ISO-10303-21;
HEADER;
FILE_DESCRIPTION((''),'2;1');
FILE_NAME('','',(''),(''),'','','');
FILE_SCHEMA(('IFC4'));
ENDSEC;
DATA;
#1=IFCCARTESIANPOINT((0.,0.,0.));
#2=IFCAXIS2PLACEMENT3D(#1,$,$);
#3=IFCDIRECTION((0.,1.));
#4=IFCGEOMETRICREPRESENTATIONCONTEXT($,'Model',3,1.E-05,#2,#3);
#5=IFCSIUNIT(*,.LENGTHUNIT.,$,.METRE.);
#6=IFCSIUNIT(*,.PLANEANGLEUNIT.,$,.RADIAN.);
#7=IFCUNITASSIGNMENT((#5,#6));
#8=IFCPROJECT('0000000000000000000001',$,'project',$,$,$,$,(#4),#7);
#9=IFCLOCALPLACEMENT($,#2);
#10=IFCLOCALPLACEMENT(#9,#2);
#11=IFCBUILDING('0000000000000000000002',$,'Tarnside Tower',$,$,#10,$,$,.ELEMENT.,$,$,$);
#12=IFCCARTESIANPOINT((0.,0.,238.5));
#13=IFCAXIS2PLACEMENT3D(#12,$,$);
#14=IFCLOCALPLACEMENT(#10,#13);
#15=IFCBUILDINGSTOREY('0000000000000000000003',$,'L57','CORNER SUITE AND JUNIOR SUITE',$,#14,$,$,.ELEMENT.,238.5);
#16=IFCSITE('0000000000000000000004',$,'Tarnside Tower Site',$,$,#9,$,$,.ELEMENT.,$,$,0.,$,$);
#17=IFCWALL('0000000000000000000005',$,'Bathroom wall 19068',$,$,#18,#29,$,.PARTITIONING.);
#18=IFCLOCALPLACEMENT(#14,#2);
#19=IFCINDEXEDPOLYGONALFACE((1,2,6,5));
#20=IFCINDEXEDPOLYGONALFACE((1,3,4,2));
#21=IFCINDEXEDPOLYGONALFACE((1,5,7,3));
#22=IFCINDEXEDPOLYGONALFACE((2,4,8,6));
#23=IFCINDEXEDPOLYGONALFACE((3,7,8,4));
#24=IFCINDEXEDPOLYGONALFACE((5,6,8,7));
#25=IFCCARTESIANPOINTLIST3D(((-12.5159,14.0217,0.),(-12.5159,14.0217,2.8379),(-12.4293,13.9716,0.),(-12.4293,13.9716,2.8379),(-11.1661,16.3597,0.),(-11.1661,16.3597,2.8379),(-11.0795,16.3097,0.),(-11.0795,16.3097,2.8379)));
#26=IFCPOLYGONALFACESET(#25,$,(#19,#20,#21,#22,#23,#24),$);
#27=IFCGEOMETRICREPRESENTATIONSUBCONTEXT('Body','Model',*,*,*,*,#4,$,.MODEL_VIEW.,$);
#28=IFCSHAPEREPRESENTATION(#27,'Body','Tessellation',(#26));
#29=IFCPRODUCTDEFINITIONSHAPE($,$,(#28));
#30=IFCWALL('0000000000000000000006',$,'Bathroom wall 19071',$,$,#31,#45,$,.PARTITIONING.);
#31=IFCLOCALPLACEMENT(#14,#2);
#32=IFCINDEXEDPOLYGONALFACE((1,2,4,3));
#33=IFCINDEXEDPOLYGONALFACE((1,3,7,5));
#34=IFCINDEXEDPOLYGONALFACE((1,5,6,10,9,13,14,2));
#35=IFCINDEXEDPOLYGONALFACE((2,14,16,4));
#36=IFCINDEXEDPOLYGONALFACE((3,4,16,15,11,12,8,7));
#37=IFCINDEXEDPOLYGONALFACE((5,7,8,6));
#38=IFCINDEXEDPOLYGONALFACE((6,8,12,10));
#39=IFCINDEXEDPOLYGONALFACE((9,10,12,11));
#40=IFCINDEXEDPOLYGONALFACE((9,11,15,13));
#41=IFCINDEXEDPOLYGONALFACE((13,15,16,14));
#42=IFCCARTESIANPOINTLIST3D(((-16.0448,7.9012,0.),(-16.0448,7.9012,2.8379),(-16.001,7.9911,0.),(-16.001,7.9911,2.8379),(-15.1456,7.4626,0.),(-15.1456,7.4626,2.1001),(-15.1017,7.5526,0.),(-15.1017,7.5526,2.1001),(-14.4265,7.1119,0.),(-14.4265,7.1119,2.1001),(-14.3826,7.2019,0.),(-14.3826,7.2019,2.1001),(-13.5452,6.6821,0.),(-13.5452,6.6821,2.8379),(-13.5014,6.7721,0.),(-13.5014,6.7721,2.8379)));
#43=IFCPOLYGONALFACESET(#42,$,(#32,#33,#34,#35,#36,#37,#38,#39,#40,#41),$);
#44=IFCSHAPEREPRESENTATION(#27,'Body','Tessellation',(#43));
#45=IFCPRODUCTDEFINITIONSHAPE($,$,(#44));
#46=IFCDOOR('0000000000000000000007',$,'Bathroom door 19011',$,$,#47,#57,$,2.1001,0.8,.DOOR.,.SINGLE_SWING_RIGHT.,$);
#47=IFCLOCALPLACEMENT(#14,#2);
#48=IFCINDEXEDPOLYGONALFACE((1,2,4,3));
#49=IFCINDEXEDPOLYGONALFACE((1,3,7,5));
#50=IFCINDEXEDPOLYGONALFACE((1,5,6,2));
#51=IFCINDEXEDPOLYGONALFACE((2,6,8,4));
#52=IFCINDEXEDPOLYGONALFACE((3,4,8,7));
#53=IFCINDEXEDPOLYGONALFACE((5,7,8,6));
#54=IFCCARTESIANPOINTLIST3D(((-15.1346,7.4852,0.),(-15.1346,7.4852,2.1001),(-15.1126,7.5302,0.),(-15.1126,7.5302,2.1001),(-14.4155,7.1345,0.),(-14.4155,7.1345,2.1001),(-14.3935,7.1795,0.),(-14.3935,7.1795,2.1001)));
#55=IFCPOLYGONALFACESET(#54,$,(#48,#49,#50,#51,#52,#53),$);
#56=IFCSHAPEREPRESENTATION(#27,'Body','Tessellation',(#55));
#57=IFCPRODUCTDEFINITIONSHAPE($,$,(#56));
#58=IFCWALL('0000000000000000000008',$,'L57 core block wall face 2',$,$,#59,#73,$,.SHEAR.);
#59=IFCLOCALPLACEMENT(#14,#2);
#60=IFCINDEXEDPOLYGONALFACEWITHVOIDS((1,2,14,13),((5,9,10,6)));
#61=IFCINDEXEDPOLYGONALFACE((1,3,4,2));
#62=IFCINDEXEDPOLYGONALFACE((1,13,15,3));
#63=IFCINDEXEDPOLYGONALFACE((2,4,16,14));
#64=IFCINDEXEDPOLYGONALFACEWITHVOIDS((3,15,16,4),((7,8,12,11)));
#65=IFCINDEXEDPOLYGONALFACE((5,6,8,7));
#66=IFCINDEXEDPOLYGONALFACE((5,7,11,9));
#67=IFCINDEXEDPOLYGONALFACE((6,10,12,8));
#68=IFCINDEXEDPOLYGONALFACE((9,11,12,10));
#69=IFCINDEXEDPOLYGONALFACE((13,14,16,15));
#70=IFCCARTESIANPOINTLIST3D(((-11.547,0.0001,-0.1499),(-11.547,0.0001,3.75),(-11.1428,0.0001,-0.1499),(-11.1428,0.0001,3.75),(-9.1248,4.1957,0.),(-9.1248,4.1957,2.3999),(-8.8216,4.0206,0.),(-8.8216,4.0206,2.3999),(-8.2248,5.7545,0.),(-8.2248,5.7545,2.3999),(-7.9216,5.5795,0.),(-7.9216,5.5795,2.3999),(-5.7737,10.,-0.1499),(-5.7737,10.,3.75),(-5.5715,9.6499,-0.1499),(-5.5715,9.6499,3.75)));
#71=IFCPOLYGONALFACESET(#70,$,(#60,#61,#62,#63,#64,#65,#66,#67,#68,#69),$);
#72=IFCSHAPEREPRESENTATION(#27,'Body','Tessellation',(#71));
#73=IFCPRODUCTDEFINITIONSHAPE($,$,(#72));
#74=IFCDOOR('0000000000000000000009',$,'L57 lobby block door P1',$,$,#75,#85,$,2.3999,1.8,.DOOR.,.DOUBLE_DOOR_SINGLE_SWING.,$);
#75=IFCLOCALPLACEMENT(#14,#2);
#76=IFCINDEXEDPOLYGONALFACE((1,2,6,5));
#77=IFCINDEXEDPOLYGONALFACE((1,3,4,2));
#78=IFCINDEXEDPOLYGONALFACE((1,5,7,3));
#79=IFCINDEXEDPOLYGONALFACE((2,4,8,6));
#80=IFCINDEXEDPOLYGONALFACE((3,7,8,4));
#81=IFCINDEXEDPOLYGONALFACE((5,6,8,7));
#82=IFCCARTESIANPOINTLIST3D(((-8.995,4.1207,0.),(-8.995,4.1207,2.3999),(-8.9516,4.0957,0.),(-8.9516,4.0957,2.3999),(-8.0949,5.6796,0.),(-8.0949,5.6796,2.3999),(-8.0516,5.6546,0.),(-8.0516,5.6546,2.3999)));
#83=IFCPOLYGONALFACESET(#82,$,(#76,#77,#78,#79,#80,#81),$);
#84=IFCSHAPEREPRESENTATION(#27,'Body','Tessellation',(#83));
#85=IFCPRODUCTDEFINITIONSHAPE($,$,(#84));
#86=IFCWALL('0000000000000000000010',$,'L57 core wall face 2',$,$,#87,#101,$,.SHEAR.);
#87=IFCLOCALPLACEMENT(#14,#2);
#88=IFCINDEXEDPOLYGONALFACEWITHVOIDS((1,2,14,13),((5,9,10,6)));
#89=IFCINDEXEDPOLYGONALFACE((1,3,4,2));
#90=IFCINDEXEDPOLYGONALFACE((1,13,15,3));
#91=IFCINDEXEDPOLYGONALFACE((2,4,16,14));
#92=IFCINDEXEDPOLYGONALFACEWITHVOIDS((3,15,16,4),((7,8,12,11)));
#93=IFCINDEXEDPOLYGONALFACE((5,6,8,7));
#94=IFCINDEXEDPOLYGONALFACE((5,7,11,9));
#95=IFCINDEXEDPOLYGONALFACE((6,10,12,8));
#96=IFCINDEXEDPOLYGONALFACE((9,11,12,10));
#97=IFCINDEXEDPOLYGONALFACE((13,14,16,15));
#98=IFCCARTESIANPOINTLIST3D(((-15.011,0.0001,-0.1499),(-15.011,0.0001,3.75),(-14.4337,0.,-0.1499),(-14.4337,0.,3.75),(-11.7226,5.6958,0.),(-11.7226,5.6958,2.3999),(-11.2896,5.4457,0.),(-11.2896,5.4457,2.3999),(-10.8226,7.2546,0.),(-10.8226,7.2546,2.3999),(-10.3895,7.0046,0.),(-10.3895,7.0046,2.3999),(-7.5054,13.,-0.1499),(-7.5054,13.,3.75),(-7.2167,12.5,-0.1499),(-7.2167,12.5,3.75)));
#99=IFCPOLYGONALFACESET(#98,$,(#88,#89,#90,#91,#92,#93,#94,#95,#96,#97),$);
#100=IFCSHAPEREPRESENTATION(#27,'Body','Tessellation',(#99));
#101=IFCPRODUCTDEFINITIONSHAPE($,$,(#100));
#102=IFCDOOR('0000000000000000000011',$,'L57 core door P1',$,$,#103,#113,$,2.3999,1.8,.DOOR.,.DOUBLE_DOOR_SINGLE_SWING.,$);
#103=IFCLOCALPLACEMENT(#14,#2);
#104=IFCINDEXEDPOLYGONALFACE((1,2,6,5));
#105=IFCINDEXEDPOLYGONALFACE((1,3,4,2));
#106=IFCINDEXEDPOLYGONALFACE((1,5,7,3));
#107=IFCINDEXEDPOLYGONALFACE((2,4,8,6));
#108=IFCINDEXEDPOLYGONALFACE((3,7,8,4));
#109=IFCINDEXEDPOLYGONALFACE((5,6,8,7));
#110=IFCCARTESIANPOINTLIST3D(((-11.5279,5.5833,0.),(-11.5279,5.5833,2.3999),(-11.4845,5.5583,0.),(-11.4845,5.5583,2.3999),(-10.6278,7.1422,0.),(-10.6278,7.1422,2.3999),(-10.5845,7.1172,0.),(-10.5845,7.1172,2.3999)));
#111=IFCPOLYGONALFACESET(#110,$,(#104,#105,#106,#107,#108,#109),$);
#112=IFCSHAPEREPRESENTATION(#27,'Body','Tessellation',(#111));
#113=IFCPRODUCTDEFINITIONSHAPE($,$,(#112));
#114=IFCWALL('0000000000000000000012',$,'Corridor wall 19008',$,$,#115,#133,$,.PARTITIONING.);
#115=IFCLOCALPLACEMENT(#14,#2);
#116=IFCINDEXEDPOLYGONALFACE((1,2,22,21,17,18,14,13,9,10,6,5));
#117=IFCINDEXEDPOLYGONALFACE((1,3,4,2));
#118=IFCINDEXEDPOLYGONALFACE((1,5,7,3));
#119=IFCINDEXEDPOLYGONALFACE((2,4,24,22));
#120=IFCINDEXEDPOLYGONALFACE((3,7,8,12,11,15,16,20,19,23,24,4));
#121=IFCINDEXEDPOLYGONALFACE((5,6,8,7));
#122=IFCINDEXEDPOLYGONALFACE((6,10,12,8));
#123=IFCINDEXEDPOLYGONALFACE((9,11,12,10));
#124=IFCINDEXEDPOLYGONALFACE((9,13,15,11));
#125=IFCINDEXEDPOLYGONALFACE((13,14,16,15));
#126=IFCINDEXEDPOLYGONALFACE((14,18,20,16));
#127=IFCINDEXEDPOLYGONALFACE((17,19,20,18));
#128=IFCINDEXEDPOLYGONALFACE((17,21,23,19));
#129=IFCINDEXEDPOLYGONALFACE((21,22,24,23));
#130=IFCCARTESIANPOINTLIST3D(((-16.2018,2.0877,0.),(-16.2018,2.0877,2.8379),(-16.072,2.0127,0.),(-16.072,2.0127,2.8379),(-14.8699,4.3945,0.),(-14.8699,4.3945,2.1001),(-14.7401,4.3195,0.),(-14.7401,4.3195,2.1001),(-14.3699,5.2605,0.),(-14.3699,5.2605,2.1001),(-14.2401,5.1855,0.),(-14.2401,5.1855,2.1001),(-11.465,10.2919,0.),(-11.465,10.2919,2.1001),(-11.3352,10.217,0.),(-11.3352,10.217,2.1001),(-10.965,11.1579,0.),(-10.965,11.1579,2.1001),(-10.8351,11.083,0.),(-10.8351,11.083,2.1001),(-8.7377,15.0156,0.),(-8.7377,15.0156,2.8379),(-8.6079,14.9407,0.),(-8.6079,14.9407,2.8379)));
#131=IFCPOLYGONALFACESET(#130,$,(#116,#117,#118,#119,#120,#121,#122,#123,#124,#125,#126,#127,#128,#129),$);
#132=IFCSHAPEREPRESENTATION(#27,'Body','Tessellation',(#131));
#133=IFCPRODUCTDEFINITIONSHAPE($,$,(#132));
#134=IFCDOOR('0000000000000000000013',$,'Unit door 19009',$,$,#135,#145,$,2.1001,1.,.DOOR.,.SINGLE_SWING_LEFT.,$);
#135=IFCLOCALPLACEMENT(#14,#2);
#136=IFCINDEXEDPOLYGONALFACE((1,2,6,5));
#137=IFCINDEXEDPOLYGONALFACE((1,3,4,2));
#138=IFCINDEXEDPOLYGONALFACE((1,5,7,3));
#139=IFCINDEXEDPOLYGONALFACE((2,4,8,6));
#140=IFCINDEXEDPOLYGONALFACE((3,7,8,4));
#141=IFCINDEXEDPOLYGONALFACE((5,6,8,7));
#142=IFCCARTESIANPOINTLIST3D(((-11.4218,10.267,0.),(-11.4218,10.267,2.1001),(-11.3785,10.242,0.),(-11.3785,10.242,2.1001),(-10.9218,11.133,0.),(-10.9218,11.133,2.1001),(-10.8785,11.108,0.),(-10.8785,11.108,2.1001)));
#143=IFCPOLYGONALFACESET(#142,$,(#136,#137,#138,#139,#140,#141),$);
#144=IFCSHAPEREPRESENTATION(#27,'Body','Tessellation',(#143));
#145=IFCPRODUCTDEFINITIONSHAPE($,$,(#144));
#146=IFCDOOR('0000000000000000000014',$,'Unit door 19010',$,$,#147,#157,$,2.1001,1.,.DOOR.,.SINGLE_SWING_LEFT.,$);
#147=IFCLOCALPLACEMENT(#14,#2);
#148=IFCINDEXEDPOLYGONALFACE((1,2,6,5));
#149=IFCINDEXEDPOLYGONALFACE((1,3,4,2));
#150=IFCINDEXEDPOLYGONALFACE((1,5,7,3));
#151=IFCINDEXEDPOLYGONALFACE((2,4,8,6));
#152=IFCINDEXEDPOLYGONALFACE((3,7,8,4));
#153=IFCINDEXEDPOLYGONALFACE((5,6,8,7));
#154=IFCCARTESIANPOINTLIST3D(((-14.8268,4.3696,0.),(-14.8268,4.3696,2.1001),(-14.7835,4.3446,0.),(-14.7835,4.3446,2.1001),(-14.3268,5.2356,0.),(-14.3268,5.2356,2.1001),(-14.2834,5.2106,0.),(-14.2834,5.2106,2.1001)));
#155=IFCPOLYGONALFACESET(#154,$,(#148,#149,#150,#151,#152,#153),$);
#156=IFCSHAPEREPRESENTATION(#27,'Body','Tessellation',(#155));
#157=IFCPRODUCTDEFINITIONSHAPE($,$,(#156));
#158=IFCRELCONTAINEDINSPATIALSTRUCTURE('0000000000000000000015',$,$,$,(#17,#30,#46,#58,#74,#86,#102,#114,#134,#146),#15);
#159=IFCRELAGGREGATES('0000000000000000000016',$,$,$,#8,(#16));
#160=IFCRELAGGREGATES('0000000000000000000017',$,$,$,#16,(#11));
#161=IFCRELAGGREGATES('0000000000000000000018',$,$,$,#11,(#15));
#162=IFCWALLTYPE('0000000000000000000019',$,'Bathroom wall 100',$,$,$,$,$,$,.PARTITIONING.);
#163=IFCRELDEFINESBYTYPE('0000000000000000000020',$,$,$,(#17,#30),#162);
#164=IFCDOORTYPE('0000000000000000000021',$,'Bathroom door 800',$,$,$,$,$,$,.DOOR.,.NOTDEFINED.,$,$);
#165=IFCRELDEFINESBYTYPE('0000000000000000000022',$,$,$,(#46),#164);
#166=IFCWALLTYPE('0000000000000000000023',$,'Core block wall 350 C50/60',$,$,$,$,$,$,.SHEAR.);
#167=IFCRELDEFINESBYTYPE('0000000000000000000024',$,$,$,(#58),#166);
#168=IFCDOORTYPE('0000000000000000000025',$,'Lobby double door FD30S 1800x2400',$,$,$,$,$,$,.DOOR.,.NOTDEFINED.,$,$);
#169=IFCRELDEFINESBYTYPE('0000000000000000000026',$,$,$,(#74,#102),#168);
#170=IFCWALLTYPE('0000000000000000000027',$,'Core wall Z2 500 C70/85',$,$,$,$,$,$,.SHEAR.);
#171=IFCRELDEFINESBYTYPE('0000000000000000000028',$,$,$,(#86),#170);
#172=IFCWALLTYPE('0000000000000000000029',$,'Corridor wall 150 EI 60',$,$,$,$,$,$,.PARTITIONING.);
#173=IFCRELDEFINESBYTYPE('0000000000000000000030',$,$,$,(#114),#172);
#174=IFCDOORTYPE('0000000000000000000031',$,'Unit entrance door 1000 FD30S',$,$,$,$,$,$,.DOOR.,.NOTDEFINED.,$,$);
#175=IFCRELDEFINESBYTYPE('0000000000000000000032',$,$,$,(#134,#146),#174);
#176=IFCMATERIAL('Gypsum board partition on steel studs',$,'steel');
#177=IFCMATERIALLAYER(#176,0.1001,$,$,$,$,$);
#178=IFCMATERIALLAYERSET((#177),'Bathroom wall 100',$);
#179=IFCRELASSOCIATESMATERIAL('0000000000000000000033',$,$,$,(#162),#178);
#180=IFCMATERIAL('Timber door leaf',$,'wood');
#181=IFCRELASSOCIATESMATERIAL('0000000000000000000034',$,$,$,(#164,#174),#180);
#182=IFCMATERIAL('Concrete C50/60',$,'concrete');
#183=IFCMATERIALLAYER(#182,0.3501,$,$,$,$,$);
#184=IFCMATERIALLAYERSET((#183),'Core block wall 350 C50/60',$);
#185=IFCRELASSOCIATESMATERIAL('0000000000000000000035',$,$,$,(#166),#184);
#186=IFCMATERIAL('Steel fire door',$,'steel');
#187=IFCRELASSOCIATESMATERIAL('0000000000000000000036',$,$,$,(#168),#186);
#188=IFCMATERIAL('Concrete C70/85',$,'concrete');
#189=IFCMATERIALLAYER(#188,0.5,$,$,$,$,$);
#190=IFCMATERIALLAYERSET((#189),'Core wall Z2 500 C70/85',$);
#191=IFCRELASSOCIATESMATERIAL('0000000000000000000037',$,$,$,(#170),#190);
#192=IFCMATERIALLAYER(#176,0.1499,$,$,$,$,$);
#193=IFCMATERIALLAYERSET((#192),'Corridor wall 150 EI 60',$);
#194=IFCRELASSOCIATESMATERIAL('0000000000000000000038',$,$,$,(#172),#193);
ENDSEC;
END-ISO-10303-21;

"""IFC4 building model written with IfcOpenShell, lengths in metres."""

from ifc_helpers import new_model, si_unit, direction, frame, frame_2d, origin, place, context, subcontext, project, spatial, polyline, rectangle, outline, extrude, material, layer, layer_set, type_object, element, fill, save


model = new_model("IFC4")

# Units and contexts
model_context = context("Model", 3, precision=1e-05, world=origin(), true_north=direction((0.0, 1.0)))
body_context = subcontext(model_context, "Body", "Model", "MODEL_VIEW")
ifc_project = project(units=[si_unit("LENGTHUNIT", "METRE"), si_unit("PLANEANGLEUNIT", "RADIAN")], contexts=[model_context])

# Site, building, storey
site_placement = place(None, origin())
site = spatial("IfcSite", under=ifc_project, at=site_placement, Name="Tarnside Tower Site", CompositionType="ELEMENT", RefElevation=0.0)
building_placement = place(site_placement, origin())
building = spatial("IfcBuilding", under=site, at=building_placement, Name="Tarnside Tower", CompositionType="ELEMENT")
storey_placement = place(building_placement, frame((0.0, 0.0, 238.5)))
storey = spatial("IfcBuildingStorey", under=building, at=storey_placement, Name="L57", Description="CORNER SUITE AND JUNIOR SUITE", CompositionType="ELEMENT", Elevation=238.5)

# Shared definitions
ifc_material_1 = material(Name="Gypsum board partition on steel studs", Category="steel")
ifc_layer_1 = layer(ifc_material_1, 0.1001)
ifc_layer_set_1 = layer_set([ifc_layer_1], Name="Bathroom wall 100")
wall_type_1 = type_object("IfcWallType", Name="Bathroom wall 100", PredefinedType="PARTITIONING", material=ifc_layer_set_1)

# Shared definitions
ifc_material_2 = material(Name="Timber door leaf", Category="wood")
door_type_1 = type_object("IfcDoorType", Name="Bathroom door 800", OperationType="NOTDEFINED", PredefinedType="DOOR", material=ifc_material_2)

# Wall
wall_1_placement = place(storey_placement, frame((-11.1228, 16.3347, 0.0), z_axis=(0.0, 0.0, 1.0), x_axis=(-0.499981, -0.866037, 0.0)))
element("IfcWall", 1, at=wall_1_placement, inside=storey, type_object=wall_type_1, Name="Bathroom wall 19068", PredefinedType="PARTITIONING", context=body_context, shape_type="SweptSolid", body=[
    extrude(rectangle(XDim=2.6997, YDim=0.1001, at=frame_2d((1.3499, 0.0))), origin(), (0.0, 0.0, 1.0), 2.8379),
])

# Walls, openings, doors
wall_2_placement = place(storey_placement, frame((-13.5232, 6.7271, 0.0), z_axis=(0.0, 0.0, 1.0), x_axis=(-0.898808, 0.438342, 0.0)))
wall_2 = element("IfcWall", 2, at=wall_2_placement, inside=storey, type_object=wall_type_1, Name="Bathroom wall 19071", PredefinedType="PARTITIONING", context=body_context, shape_type="SweptSolid", body=[
    extrude(rectangle(XDim=2.781, YDim=0.1001, at=frame_2d((1.3906, 0.0))), origin(), (0.0, 0.0, 1.0), 2.8379),
])
opening_1_placement = place(wall_2_placement, frame((0.9807, 0.0, 0.0)))
opening_1 = element("IfcOpeningElement", 3, at=opening_1_placement, cuts=wall_2, PredefinedType="OPENING", context=body_context, shape_type="SweptSolid", body=[
    extrude(rectangle(XDim=0.8, YDim=2.1001, at=frame_2d((0.3999, 1.05))), frame((0.0, 0.0601, 0.0), z_axis=(0.0, -1.0, 0.0), x_axis=(1.0, 0.0, 0.0)), (0.0, 0.0, 1.0), 0.1201),
])
door_1_placement = place(opening_1_placement, origin())
door_1 = element("IfcDoor", 4, at=door_1_placement, inside=storey, type_object=door_type_1, Name="Bathroom door 19011", OperationType="SINGLE_SWING_RIGHT", OverallHeight=2.1001, OverallWidth=0.8, PredefinedType="DOOR", context=body_context, shape_type="SweptSolid", body=[
    extrude(rectangle(XDim=0.8, YDim=2.1001, at=frame_2d((0.3999, 1.05))), frame((0.0, 0.0249, 0.0), z_axis=(0.0, -1.0, 0.0), x_axis=(1.0, 0.0, 0.0)), (0.0, 0.0, 1.0), 0.05),
])
fill(opening_1, door_1)
ifc_material_3 = material(Name="Concrete C50/60", Category="concrete")
ifc_layer_2 = layer(ifc_material_3, 0.3501)
ifc_layer_set_2 = layer_set([ifc_layer_2], Name="Core block wall 350 C50/60")
wall_type_2 = type_object("IfcWallType", Name="Core block wall 350 C50/60", PredefinedType="SHEAR", material=ifc_layer_set_2)
wall_3_placement = place(storey_placement, frame((-5.6726, 9.825, -0.1499), z_axis=(0.0, 0.0, 1.0), x_axis=(-0.499995, -0.866028, 0.0)))
wall_3 = element("IfcWall", 5, at=wall_3_placement, inside=storey, type_object=wall_type_2, Name="L57 core block wall face 2", PredefinedType="SHEAR", context=body_context, shape_type="SweptSolid", body=[
    extrude(outline(polyline([(-0.1011, -0.175), (11.4458, -0.175), (11.2437, 0.175), (0.1011, 0.175), (-0.1011, -0.175)])), origin(), (0.0, 0.0, 1.0), 3.8999),
])
opening_2_placement = place(wall_3_placement, frame((4.8013, 0.0, 0.1499)))
opening_2 = element("IfcOpeningElement", 6, at=opening_2_placement, cuts=wall_3, PredefinedType="OPENING", context=body_context, shape_type="SweptSolid", body=[
    extrude(rectangle(XDim=1.8, YDim=2.3999, at=frame_2d((0.8999, 1.2))), frame((0.0, 0.1851, 0.0), z_axis=(0.0, -1.0, 0.0), x_axis=(1.0, 0.0, 0.0)), (0.0, 0.0, 1.0), 0.3701),
])
ifc_material_4 = material(Name="Steel fire door", Category="steel")
door_type_2 = type_object("IfcDoorType", Name="Lobby double door FD30S 1800x2400", OperationType="NOTDEFINED", PredefinedType="DOOR", material=ifc_material_4)
door_2_placement = place(opening_2_placement, origin())
door_2 = element("IfcDoor", 7, at=door_2_placement, inside=storey, type_object=door_type_2, Name="L57 lobby block door P1", OperationType="DOUBLE_DOOR_SINGLE_SWING", OverallHeight=2.3999, OverallWidth=1.8, PredefinedType="DOOR", context=body_context, shape_type="SweptSolid", body=[
    extrude(rectangle(XDim=1.8, YDim=2.3999, at=frame_2d((0.8999, 1.2))), frame((0.0, 0.0249, 0.0), z_axis=(0.0, -1.0, 0.0), x_axis=(1.0, 0.0, 0.0)), (0.0, 0.0, 1.0), 0.05),
])
fill(opening_2, door_2)
ifc_material_5 = material(Name="Concrete C70/85", Category="concrete")
ifc_layer_3 = layer(ifc_material_5, 0.5)
ifc_layer_set_3 = layer_set([ifc_layer_3], Name="Core wall Z2 500 C70/85")
wall_type_3 = type_object("IfcWallType", Name="Core wall Z2 500 C70/85", PredefinedType="SHEAR", material=ifc_layer_set_3)
wall_4_placement = place(storey_placement, frame((-7.3611, 12.75, -0.1499), z_axis=(0.0, 0.0, 1.0), x_axis=(-0.500006, -0.866022, 0.0)))
wall_4 = element("IfcWall", 8, at=wall_4_placement, inside=storey, type_object=wall_type_3, Name="L57 core wall face 2", PredefinedType="SHEAR", context=body_context, shape_type="SweptSolid", body=[
    extrude(outline(polyline([(-0.1443, -0.25), (14.8667, -0.25), (14.5781, 0.25), (0.1443, 0.25), (-0.1443, -0.25)])), origin(), (0.0, 0.0, 1.0), 3.8999),
])
opening_3_placement = place(wall_4_placement, frame((6.49, 0.0, 0.1499)))
opening_3 = element("IfcOpeningElement", 9, at=opening_3_placement, cuts=wall_4, PredefinedType="OPENING", context=body_context, shape_type="SweptSolid", body=[
    extrude(rectangle(XDim=1.8, YDim=2.3999, at=frame_2d((0.8999, 1.2))), frame((0.0, 0.26, 0.0), z_axis=(0.0, -1.0, 0.0), x_axis=(1.0, 0.0, 0.0)), (0.0, 0.0, 1.0), 0.52),
])
door_3_placement = place(opening_3_placement, origin())
door_3 = element("IfcDoor", 10, at=door_3_placement, inside=storey, type_object=door_type_2, Name="L57 core door P1", OperationType="DOUBLE_DOOR_SINGLE_SWING", OverallHeight=2.3999, OverallWidth=1.8, PredefinedType="DOOR", context=body_context, shape_type="SweptSolid", body=[
    extrude(rectangle(XDim=1.8, YDim=2.3999, at=frame_2d((0.8999, 1.2))), frame((0.0, 0.0249, 0.0), z_axis=(0.0, -1.0, 0.0), x_axis=(1.0, 0.0, 0.0)), (0.0, 0.0, 1.0), 0.05),
])
fill(opening_3, door_3)

# Wall, openings, doors
ifc_layer_4 = layer(ifc_material_1, 0.1499)
ifc_layer_set_4 = layer_set([ifc_layer_4], Name="Corridor wall 150 EI 60")
wall_type_4 = type_object("IfcWallType", Name="Corridor wall 150 EI 60", PredefinedType="PARTITIONING", material=ifc_layer_set_4)
wall_5_placement = place(storey_placement, frame((-8.6729, 14.978, 0.0), z_axis=(0.0, 0.0, 1.0), x_axis=(-0.500007, -0.866021, 0.0)))
wall_5 = element("IfcWall", 11, at=wall_5_placement, inside=storey, type_object=wall_type_4, Name="Corridor wall 19008", PredefinedType="PARTITIONING", context=body_context, shape_type="SweptSolid", body=[
    extrude(rectangle(XDim=14.928, YDim=0.1499, at=frame_2d((7.4639, 0.0))), origin(), (0.0, 0.0, 1.0), 2.8379),
])
opening_4_placement = place(wall_5_placement, frame((4.4543, 0.0, 0.0)))
opening_4 = element("IfcOpeningElement", 12, at=opening_4_placement, cuts=wall_5, PredefinedType="OPENING", context=body_context, shape_type="SweptSolid", body=[
    extrude(rectangle(XDim=1.0, YDim=2.1001, at=frame_2d((0.5, 1.05))), frame((0.0, 0.085, 0.0), z_axis=(0.0, -1.0, 0.0), x_axis=(1.0, 0.0, 0.0)), (0.0, 0.0, 1.0), 0.1699),
])
opening_5_placement = place(wall_5_placement, frame((11.2642, 0.0, 0.0)))
opening_5 = element("IfcOpeningElement", 13, at=opening_5_placement, cuts=wall_5, PredefinedType="OPENING", context=body_context, shape_type="SweptSolid", body=[
    extrude(rectangle(XDim=1.0, YDim=2.1001, at=frame_2d((0.5, 1.05))), frame((0.0, 0.085, 0.0), z_axis=(0.0, -1.0, 0.0), x_axis=(1.0, 0.0, 0.0)), (0.0, 0.0, 1.0), 0.1699),
])
door_type_3 = type_object("IfcDoorType", Name="Unit entrance door 1000 FD30S", OperationType="NOTDEFINED", PredefinedType="DOOR", material=ifc_material_2)
door_4_placement = place(opening_4_placement, origin())
door_4 = element("IfcDoor", 14, at=door_4_placement, inside=storey, type_object=door_type_3, Name="Unit door 19009", OperationType="SINGLE_SWING_LEFT", OverallHeight=2.1001, OverallWidth=1.0, PredefinedType="DOOR", context=body_context, shape_type="SweptSolid", body=[
    extrude(rectangle(XDim=1.0, YDim=2.1001, at=frame_2d((0.5, 1.05))), frame((0.0, 0.0249, 0.0), z_axis=(0.0, -1.0, 0.0), x_axis=(1.0, 0.0, 0.0)), (0.0, 0.0, 1.0), 0.05),
])
fill(opening_4, door_4)
door_5_placement = place(opening_5_placement, origin())
door_5 = element("IfcDoor", 15, at=door_5_placement, inside=storey, type_object=door_type_3, Name="Unit door 19010", OperationType="SINGLE_SWING_LEFT", OverallHeight=2.1001, OverallWidth=1.0, PredefinedType="DOOR", context=body_context, shape_type="SweptSolid", body=[
    extrude(rectangle(XDim=1.0, YDim=2.1001, at=frame_2d((0.5, 1.05))), frame((0.0, 0.0249, 0.0), z_axis=(0.0, -1.0, 0.0), x_axis=(1.0, 0.0, 0.0)), (0.0, 0.0, 1.0), 0.05),
])
fill(opening_5, door_5)

save(model, "model.ifc")
